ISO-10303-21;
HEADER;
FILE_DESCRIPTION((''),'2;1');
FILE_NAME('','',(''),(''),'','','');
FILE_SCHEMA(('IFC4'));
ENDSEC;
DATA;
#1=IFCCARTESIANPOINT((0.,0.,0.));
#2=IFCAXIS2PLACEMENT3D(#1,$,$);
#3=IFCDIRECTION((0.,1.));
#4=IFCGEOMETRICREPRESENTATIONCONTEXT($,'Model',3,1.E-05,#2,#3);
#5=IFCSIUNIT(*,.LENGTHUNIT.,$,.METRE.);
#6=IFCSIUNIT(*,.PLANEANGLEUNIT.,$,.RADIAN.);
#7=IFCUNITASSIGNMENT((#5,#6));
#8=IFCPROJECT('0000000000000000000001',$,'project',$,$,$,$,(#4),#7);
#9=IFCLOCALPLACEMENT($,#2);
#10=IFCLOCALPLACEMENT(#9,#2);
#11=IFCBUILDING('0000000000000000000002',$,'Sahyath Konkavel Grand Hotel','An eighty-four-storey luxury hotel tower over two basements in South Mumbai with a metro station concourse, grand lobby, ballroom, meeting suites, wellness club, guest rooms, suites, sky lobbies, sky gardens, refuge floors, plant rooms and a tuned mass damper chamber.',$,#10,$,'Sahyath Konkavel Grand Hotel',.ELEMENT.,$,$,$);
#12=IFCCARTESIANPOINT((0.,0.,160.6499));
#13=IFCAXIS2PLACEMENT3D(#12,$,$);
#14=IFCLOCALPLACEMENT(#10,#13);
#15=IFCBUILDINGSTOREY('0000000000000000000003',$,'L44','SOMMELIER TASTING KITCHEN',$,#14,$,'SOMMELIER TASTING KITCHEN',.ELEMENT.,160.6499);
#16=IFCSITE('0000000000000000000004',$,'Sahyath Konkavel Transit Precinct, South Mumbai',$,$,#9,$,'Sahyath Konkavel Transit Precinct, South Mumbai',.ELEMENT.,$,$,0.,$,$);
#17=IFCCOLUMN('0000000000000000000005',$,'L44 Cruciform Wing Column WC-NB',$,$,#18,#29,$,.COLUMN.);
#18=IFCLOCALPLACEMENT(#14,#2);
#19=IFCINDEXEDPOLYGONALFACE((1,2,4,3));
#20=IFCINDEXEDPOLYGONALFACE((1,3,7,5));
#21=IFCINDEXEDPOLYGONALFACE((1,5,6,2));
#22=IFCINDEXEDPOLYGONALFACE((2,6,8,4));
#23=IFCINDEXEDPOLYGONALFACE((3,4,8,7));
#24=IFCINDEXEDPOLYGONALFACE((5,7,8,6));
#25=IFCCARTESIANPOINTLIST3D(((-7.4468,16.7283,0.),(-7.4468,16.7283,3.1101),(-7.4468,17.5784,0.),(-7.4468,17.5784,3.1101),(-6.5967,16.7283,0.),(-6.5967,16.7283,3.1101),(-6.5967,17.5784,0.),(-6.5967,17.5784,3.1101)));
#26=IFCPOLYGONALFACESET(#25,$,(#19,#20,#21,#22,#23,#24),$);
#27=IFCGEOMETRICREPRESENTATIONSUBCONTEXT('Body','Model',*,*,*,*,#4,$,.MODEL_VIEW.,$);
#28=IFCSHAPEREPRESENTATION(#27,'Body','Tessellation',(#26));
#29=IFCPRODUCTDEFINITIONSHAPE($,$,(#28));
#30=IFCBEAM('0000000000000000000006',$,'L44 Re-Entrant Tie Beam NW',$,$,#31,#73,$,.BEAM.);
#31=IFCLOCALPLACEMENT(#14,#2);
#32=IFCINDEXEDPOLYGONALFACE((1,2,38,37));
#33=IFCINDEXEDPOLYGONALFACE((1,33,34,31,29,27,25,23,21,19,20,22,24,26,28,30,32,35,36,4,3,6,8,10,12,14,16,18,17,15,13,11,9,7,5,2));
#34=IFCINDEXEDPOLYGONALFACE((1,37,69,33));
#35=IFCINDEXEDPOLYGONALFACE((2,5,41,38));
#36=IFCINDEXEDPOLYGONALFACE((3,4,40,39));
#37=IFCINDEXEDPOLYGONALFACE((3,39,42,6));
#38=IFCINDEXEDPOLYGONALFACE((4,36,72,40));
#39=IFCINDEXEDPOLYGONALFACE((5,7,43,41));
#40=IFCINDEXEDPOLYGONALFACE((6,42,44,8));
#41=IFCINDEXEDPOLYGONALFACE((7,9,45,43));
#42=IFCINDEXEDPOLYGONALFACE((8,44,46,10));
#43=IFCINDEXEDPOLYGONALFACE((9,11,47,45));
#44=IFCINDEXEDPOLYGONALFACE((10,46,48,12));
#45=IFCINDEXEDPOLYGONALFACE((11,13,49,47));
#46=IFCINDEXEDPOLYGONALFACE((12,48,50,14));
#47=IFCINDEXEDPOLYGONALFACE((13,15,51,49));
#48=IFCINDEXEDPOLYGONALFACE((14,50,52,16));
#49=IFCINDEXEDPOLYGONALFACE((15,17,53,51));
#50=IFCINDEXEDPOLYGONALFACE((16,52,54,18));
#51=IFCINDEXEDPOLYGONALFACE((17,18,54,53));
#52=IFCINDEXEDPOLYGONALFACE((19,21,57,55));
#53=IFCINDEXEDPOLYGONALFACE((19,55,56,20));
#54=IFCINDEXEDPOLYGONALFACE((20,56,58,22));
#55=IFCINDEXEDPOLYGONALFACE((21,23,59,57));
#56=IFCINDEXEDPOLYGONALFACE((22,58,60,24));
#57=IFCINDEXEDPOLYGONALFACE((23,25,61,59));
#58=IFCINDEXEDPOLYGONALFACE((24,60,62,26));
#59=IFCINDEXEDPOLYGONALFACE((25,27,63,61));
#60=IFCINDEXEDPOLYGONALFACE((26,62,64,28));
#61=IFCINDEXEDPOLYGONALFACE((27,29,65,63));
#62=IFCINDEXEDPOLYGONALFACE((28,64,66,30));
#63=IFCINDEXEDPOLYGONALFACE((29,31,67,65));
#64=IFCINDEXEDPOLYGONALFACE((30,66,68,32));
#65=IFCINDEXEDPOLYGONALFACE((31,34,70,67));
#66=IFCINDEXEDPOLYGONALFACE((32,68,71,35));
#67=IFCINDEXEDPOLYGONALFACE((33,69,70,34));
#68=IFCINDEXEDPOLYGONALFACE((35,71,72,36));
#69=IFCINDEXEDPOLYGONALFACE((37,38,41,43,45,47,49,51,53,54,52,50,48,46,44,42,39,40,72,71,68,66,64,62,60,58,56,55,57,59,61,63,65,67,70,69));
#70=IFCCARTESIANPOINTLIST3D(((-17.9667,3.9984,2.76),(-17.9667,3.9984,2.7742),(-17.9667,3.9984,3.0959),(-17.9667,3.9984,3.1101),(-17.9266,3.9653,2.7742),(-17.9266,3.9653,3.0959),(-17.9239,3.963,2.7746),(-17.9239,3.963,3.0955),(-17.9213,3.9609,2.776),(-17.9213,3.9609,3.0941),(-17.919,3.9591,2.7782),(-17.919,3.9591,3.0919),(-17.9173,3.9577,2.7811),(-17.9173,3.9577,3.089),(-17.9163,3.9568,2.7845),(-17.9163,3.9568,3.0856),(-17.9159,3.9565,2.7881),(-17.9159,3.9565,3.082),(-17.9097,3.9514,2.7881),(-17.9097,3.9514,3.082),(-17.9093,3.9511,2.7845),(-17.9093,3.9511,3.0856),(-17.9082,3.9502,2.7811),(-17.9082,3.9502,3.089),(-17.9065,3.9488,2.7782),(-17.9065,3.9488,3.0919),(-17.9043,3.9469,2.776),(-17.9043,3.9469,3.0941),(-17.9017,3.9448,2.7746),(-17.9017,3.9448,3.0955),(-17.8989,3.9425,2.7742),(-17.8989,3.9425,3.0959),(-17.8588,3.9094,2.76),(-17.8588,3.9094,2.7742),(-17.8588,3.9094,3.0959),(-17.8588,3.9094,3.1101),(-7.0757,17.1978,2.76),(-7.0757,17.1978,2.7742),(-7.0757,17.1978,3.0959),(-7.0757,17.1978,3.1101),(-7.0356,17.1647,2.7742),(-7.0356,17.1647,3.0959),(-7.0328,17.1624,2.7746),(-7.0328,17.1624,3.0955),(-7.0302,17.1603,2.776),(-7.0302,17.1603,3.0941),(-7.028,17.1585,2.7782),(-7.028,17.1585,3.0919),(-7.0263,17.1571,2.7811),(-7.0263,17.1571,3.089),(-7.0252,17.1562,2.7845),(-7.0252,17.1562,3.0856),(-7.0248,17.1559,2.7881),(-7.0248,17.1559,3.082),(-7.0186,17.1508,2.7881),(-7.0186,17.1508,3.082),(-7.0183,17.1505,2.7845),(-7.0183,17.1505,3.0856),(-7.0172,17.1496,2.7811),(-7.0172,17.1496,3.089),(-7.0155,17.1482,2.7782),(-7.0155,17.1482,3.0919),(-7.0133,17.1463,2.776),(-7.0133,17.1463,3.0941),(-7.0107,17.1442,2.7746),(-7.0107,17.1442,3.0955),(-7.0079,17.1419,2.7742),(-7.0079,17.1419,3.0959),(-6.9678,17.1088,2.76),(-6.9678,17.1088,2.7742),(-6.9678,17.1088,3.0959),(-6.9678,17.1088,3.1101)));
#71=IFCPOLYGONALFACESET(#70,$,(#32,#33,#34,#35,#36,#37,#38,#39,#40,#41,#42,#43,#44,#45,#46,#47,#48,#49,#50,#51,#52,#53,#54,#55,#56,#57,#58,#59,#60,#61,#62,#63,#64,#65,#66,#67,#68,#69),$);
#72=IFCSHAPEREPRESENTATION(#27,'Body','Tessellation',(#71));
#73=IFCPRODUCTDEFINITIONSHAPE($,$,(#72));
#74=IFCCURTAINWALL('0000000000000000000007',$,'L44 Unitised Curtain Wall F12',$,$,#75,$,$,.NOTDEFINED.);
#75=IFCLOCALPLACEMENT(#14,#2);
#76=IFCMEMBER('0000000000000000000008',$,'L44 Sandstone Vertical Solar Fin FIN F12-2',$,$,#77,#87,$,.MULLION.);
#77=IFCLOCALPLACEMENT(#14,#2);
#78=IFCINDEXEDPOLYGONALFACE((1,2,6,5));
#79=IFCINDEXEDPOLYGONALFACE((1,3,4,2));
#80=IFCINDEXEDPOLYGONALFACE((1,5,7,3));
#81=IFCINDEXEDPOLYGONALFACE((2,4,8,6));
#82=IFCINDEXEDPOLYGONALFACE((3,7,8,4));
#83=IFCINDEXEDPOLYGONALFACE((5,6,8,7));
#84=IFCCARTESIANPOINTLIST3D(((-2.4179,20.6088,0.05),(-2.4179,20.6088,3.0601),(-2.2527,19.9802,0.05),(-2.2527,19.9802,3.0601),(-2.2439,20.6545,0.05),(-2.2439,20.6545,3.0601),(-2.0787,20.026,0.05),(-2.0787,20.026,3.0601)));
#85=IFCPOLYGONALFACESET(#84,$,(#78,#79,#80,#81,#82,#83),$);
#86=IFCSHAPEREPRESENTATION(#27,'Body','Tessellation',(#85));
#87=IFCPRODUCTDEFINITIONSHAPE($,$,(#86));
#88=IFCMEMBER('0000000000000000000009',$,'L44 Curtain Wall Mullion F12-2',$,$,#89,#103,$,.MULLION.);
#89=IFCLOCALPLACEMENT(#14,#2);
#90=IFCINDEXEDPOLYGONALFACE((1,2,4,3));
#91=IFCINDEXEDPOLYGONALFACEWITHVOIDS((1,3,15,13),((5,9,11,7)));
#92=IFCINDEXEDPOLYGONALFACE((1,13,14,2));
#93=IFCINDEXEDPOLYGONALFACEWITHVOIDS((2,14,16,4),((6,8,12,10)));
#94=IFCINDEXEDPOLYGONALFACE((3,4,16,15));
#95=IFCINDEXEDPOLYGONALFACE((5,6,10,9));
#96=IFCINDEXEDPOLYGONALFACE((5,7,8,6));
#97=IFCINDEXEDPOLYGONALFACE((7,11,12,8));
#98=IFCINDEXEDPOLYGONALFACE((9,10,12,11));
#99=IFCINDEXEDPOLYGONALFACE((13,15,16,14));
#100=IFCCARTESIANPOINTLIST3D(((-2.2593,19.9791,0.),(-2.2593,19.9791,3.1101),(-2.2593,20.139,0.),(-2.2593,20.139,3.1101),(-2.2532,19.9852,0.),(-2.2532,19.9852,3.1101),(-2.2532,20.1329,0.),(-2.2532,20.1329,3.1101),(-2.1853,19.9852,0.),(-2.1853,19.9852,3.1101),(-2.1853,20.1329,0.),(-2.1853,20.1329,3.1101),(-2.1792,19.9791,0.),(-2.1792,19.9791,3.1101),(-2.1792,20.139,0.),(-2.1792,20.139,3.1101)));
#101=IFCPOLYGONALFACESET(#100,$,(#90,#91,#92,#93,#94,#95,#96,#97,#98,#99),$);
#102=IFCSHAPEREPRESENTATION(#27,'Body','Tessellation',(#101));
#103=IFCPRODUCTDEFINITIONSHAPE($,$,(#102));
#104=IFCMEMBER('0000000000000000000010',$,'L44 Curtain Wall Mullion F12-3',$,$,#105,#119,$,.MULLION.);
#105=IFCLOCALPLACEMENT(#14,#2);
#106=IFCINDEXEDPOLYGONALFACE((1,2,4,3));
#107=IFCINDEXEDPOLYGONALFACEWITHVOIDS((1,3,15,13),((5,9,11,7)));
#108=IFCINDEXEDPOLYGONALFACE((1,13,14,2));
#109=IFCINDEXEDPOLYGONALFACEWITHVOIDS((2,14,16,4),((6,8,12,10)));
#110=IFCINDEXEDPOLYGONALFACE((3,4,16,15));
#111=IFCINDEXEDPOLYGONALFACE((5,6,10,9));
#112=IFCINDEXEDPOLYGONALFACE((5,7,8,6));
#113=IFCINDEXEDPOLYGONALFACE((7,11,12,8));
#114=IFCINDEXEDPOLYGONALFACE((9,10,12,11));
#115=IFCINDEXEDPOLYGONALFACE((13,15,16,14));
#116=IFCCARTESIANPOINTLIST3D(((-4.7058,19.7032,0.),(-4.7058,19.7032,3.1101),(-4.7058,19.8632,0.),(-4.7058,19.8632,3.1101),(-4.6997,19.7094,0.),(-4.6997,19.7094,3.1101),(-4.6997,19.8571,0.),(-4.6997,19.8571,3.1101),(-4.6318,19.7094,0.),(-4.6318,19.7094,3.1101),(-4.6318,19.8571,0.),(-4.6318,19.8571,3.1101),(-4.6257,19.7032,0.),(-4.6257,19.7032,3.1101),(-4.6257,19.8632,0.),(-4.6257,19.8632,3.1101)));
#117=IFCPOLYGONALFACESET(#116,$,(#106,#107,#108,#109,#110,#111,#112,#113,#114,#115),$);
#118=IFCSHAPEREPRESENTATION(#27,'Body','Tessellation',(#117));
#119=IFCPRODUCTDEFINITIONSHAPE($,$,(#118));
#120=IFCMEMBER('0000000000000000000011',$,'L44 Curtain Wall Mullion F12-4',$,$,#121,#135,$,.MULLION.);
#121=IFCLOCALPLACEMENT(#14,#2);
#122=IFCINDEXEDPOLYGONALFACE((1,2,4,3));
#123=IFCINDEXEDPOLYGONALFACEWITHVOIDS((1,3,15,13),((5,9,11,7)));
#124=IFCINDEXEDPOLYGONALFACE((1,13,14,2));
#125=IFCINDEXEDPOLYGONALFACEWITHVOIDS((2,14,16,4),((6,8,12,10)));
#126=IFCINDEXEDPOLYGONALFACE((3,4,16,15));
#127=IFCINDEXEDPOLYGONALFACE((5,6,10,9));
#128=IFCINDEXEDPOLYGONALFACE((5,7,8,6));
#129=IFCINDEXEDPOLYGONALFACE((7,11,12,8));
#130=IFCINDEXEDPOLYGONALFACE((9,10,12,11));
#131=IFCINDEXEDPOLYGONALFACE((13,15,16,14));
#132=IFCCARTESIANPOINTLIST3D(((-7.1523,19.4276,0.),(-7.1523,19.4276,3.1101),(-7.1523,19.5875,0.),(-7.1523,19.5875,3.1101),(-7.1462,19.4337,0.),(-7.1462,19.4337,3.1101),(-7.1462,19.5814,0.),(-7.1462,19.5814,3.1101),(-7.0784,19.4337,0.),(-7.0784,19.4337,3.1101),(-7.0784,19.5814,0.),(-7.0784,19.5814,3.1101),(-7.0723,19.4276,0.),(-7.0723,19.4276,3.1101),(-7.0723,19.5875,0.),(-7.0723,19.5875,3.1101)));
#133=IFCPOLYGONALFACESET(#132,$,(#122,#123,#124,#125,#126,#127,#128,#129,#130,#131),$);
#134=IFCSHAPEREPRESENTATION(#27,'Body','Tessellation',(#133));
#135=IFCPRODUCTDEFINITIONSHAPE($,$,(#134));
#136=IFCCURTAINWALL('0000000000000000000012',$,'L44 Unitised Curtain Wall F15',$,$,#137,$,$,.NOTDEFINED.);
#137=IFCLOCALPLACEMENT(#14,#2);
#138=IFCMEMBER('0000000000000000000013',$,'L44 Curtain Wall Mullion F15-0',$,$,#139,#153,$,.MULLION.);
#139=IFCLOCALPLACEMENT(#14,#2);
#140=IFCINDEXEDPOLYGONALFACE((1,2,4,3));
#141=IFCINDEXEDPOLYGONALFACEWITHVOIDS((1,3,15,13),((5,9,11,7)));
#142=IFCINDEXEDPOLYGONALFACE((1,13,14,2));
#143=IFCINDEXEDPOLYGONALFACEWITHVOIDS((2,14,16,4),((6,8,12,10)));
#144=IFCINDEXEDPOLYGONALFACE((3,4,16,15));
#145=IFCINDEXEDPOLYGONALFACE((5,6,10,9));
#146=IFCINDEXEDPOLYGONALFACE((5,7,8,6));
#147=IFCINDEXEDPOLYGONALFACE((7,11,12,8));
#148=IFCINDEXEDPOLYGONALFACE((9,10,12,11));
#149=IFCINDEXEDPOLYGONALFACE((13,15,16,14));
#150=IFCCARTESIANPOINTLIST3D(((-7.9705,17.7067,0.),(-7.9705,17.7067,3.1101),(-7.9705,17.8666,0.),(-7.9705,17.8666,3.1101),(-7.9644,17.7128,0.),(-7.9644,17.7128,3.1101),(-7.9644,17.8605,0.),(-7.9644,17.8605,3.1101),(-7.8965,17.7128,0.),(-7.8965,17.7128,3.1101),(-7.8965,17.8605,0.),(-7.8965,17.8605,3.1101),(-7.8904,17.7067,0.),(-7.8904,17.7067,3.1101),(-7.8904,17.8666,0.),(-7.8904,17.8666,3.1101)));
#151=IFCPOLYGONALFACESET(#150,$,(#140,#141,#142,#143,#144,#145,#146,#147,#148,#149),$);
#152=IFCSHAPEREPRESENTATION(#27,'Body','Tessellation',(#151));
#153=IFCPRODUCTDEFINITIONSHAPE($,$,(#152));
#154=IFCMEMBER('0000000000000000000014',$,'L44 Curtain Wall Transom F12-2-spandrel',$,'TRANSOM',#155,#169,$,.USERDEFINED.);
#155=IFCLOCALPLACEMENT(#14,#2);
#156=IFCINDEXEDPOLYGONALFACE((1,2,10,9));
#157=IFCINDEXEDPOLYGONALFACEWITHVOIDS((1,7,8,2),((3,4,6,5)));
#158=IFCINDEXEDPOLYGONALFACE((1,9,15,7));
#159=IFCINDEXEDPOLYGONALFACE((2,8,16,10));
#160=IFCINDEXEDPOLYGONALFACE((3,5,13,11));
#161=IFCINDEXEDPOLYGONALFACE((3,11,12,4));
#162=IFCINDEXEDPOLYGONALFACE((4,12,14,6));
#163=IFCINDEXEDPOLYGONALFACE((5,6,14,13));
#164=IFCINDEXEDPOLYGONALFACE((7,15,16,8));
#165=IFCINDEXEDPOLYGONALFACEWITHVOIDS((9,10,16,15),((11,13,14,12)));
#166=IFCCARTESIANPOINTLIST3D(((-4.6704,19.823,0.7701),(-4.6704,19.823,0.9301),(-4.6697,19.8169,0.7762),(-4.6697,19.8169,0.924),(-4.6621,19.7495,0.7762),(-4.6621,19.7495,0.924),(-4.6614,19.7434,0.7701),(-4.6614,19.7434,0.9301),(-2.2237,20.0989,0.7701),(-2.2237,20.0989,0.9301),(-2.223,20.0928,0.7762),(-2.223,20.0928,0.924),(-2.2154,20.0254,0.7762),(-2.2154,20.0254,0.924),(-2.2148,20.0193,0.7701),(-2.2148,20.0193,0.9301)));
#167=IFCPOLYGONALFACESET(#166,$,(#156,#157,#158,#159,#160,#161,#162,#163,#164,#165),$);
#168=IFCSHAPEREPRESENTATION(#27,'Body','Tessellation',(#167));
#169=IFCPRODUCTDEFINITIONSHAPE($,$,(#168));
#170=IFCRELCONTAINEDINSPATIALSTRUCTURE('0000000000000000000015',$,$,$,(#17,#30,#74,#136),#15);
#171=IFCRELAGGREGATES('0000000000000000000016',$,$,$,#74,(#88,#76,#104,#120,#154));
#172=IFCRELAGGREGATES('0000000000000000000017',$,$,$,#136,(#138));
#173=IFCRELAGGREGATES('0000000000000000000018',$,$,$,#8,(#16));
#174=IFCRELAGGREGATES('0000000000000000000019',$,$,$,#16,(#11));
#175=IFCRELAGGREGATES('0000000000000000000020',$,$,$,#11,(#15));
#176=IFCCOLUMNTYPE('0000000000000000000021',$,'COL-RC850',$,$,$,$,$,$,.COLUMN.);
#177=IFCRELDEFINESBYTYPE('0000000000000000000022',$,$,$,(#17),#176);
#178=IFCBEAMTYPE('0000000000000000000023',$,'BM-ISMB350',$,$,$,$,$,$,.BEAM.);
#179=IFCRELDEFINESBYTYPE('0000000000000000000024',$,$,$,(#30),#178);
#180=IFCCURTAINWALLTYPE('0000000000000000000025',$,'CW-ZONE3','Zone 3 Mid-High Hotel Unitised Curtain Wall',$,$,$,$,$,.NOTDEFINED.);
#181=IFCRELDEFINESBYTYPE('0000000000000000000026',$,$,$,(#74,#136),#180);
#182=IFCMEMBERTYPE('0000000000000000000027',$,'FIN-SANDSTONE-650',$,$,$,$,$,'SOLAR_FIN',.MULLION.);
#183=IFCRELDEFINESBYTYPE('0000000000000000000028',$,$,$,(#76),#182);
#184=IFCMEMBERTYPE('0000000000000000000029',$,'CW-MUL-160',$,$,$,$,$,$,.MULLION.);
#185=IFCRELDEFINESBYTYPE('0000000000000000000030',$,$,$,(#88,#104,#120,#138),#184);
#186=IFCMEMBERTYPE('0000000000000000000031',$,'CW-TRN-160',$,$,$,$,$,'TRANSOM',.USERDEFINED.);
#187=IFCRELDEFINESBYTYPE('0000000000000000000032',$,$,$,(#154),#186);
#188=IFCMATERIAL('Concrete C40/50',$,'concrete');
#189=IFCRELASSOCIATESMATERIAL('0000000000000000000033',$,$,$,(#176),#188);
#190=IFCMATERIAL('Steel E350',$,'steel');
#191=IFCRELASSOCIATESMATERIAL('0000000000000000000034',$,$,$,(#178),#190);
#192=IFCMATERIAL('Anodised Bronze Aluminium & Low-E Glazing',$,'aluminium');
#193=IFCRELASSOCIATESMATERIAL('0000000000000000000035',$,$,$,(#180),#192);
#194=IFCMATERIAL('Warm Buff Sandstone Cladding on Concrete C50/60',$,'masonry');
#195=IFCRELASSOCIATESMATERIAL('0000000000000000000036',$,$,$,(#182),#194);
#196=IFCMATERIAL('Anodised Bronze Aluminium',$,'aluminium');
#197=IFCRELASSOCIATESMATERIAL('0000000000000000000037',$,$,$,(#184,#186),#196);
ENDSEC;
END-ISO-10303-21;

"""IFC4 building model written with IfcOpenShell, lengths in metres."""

from ifc_helpers import new_model, si_unit, direction, frame, origin, origin_2d, place, context, subcontext, project, spatial, rectangle, hollow_rectangle, i_section, extrude, source, transform, mapped, material, material_profile, profile_set, type_object, element, aggregate, save


model = new_model("IFC4")

# Units and contexts
model_context = context("Model", 3, precision=1e-05, world=origin(), true_north=direction((0.0, 1.0)))
body_context = subcontext(model_context, "Body", "Model", "MODEL_VIEW")
ifc_project = project(units=[si_unit("LENGTHUNIT", "METRE"), si_unit("PLANEANGLEUNIT", "RADIAN")], contexts=[model_context])

# Site, building, storey
site_placement = place(None, origin())
site = spatial("IfcSite", under=ifc_project, at=site_placement, Name="Sahyath Konkavel Transit Precinct, South Mumbai", LongName="Sahyath Konkavel Transit Precinct, South Mumbai", CompositionType="ELEMENT", RefElevation=0.0)
building_placement = place(site_placement, origin())
building = spatial("IfcBuilding", under=site, at=building_placement, Name="Sahyath Konkavel Grand Hotel", Description="An eighty-four-storey luxury hotel tower over two basements in South Mumbai with a metro station concourse, grand lobby, ballroom, meeting suites, wellness club, guest rooms, suites, sky lobbies, sky gardens, refuge floors, plant rooms and a tuned mass damper chamber.", LongName="Sahyath Konkavel Grand Hotel", CompositionType="ELEMENT")
storey_placement = place(building_placement, frame((0.0, 0.0, 160.6499)))
storey = spatial("IfcBuildingStorey", under=building, at=storey_placement, Name="L44", Description="SOMMELIER TASTING KITCHEN", LongName="SOMMELIER TASTING KITCHEN", CompositionType="ELEMENT", Elevation=160.6499)

# Column
ifc_material_1 = material(Name="Concrete C40/50", Category="concrete")
ifc_material_profile_1 = material_profile(ifc_material_1, rectangle(XDim=0.8501, YDim=0.8501, at=origin_2d()), Name="RC 850x850")
ifc_profile_set_1 = profile_set([ifc_material_profile_1], Name="Concrete C40/50")
column_type = type_object("IfcColumnType", Name="COL-RC850", PredefinedType="COLUMN", material=ifc_profile_set_1)
shared_shape_1 = source(origin(), body_context, "Body", "SweptSolid", [
    extrude(rectangle(XDim=0.8501, YDim=0.8501, at=origin_2d()), origin(), (0.0, 0.0, 1.0), 3.1101),
])
column_placement = place(storey_placement, frame((-7.0217, 17.1533, 0.0), z_axis=(0.0, 0.0, 1.0), x_axis=(1.0, 0.0, 0.0)))
element("IfcColumn", 1, at=column_placement, inside=storey, type_object=column_type, Name="L44 Cruciform Wing Column WC-NB", PredefinedType="COLUMN", context=body_context, shape_type="MappedRepresentation", body=[
    mapped(shared_shape_1, transform((0.0, 0.0, 0.0), scale=1.0)),
])

# Beam
ifc_material_2 = material(Name="Steel E350", Category="steel")
ifc_material_profile_2 = material_profile(ifc_material_2, i_section(OverallWidth=0.1399, OverallDepth=0.3501, WebThickness=0.0081, FlangeThickness=0.0142, FilletRadius=0.0139, at=origin_2d()), Name="ISMB 350")
ifc_profile_set_2 = profile_set([ifc_material_profile_2], Name="Steel E350")
beam_type = type_object("IfcBeamType", Name="BM-ISMB350", PredefinedType="BEAM", material=ifc_profile_set_2)
shared_shape_2 = source(origin(), body_context, "Body", "SweptSolid", [
    extrude(i_section(OverallWidth=0.1399, OverallDepth=0.3501, WebThickness=0.0081, FlangeThickness=0.0142, FilletRadius=0.0139, at=origin_2d()), origin(), (0.0, 0.0, 1.0), 17.1125),
])
beam_placement = place(storey_placement, frame((-7.0217, 17.1533, 2.9351), z_axis=(-0.636437, -0.771329, 0.0), x_axis=(0.771329, -0.636437, 0.0)))
element("IfcBeam", 2, at=beam_placement, inside=storey, type_object=beam_type, Name="L44 Re-Entrant Tie Beam NW", PredefinedType="BEAM", context=body_context, shape_type="MappedRepresentation", body=[
    mapped(shared_shape_2, transform((0.0, 0.0, 0.0), scale=1.0)),
])

# Curtain wall, members
ifc_material_3 = material(Name="Anodised Bronze Aluminium & Low-E Glazing", Category="aluminium")
curtain_wall_type = type_object("IfcCurtainWallType", Name="CW-ZONE3", Description="Zone 3 Mid-High Hotel Unitised Curtain Wall", PredefinedType="NOTDEFINED", material=ifc_material_3)
curtain_wall_1_placement = place(storey_placement, origin())
curtain_wall_1 = element("IfcCurtainWall", 3, at=curtain_wall_1_placement, inside=storey, type_object=curtain_wall_type, Name="L44 Unitised Curtain Wall F12", PredefinedType="NOTDEFINED")
ifc_material_4 = material(Name="Warm Buff Sandstone Cladding on Concrete C50/60", Category="masonry")
ifc_material_profile_3 = material_profile(ifc_material_4, rectangle(XDim=0.1799, YDim=0.6499, at=origin_2d()), Name="FIN 180x650")
ifc_profile_set_3 = profile_set([ifc_material_profile_3], Name="Warm Buff Sandstone Cladding on Concrete C50/60")
member_type_1 = type_object("IfcMemberType", Name="FIN-SANDSTONE-650", ElementType="SOLAR_FIN", PredefinedType="MULLION", material=ifc_profile_set_3)
shared_shape_3 = source(origin(), body_context, "Body", "SweptSolid", [
    extrude(rectangle(XDim=0.1799, YDim=0.6499, at=origin_2d()), origin(), (0.0, 0.0, 1.0), 3.01),
])
member_1_placement = place(storey_placement, frame((-2.2483, 20.3174, 0.05), z_axis=(0.0, 0.0, 1.0), x_axis=(0.967135, 0.254264, 0.0)))
member_1 = element("IfcMember", 4, at=member_1_placement, type_object=member_type_1, Name="L44 Sandstone Vertical Solar Fin FIN F12-2", PredefinedType="MULLION", context=body_context, shape_type="MappedRepresentation", body=[
    mapped(shared_shape_3, transform((0.0, 0.0, 0.0), scale=1.0)),
])
ifc_material_5 = material(Name="Anodised Bronze Aluminium", Category="aluminium")
ifc_material_profile_4 = material_profile(ifc_material_5, hollow_rectangle(XDim=0.0801, YDim=0.1599, WallThickness=0.0061, at=origin_2d()), Name="RHS 160x80x6")
ifc_profile_set_4 = profile_set([ifc_material_profile_4], Name="Anodised Bronze Aluminium")
member_type_2 = type_object("IfcMemberType", Name="CW-MUL-160", PredefinedType="MULLION", material=ifc_profile_set_4)
shared_shape_4 = source(origin(), body_context, "Body", "SweptSolid", [
    extrude(hollow_rectangle(XDim=0.0801, YDim=0.1599, WallThickness=0.0061, at=origin_2d()), origin(), (0.0, 0.0, 1.0), 3.1101),
])
member_2_placement = place(storey_placement, frame((-2.2192, 20.0591, 0.0), z_axis=(0.0, 0.0, 1.0), x_axis=(1.0, 0.0, 0.0)))
member_2 = element("IfcMember", 5, at=member_2_placement, type_object=member_type_2, Name="L44 Curtain Wall Mullion F12-2", PredefinedType="MULLION", context=body_context, shape_type="MappedRepresentation", body=[
    mapped(shared_shape_4, transform((0.0, 0.0, 0.0), scale=1.0)),
])
member_3_placement = place(storey_placement, frame((-4.6658, 19.7832, 0.0), z_axis=(0.0, 0.0, 1.0), x_axis=(1.0, 0.0, 0.0)))
member_3 = element("IfcMember", 6, at=member_3_placement, type_object=member_type_2, Name="L44 Curtain Wall Mullion F12-3", PredefinedType="MULLION", context=body_context, shape_type="MappedRepresentation", body=[
    mapped(shared_shape_4, transform((0.0, 0.0, 0.0), scale=1.0)),
])
member_4_placement = place(storey_placement, frame((-7.1123, 19.5076, 0.0), z_axis=(0.0, 0.0, 1.0), x_axis=(1.0, 0.0, 0.0)))
member_4 = element("IfcMember", 7, at=member_4_placement, type_object=member_type_2, Name="L44 Curtain Wall Mullion F12-4", PredefinedType="MULLION", context=body_context, shape_type="MappedRepresentation", body=[
    mapped(shared_shape_4, transform((0.0, 0.0, 0.0), scale=1.0)),
])

# Curtain wall, member
curtain_wall_2_placement = place(storey_placement, origin())
curtain_wall_2 = element("IfcCurtainWall", 8, at=curtain_wall_2_placement, inside=storey, type_object=curtain_wall_type, Name="L44 Unitised Curtain Wall F15", PredefinedType="NOTDEFINED")
member_5_placement = place(storey_placement, frame((-7.9304, 17.7866, 0.0), z_axis=(0.0, 0.0, 1.0), x_axis=(1.0, 0.0, 0.0)))
member_5 = element("IfcMember", 9, at=member_5_placement, type_object=member_type_2, Name="L44 Curtain Wall Mullion F15-0", PredefinedType="MULLION", context=body_context, shape_type="MappedRepresentation", body=[
    mapped(shared_shape_4, transform((0.0, 0.0, 0.0), scale=1.0)),
])

# Member
ifc_material_profile_5 = material_profile(ifc_material_5, hollow_rectangle(XDim=0.0801, YDim=0.1599, WallThickness=0.0061, at=origin_2d()), Name="RHS 160x80x6")
ifc_profile_set_5 = profile_set([ifc_material_profile_5], Name="Anodised Bronze Aluminium")
member_type_3 = type_object("IfcMemberType", Name="CW-TRN-160", ElementType="TRANSOM", PredefinedType="USERDEFINED", material=ifc_profile_set_5)
shared_shape_5 = source(origin(), body_context, "Body", "SweptSolid", [
    extrude(hollow_rectangle(XDim=0.0801, YDim=0.1599, WallThickness=0.0061, at=origin_2d()), origin(), (0.0, 0.0, 1.0), 2.4622),
])
member_6_placement = place(storey_placement, frame((-2.2192, 20.0591, 0.8501), z_axis=(-0.993702, -0.112053, 0.0), x_axis=(0.112053, -0.993702, 0.0)))
member_6 = element("IfcMember", 10, at=member_6_placement, type_object=member_type_3, Name="L44 Curtain Wall Transom F12-2-spandrel", ObjectType="TRANSOM", PredefinedType="USERDEFINED", context=body_context, shape_type="MappedRepresentation", body=[
    mapped(shared_shape_5, transform((0.0, 0.0, 0.0), scale=1.0)),
])

aggregate(curtain_wall_1, [member_2, member_1, member_3, member_4, member_6])
aggregate(curtain_wall_2, [member_5])

save(model, "model.ifc")
